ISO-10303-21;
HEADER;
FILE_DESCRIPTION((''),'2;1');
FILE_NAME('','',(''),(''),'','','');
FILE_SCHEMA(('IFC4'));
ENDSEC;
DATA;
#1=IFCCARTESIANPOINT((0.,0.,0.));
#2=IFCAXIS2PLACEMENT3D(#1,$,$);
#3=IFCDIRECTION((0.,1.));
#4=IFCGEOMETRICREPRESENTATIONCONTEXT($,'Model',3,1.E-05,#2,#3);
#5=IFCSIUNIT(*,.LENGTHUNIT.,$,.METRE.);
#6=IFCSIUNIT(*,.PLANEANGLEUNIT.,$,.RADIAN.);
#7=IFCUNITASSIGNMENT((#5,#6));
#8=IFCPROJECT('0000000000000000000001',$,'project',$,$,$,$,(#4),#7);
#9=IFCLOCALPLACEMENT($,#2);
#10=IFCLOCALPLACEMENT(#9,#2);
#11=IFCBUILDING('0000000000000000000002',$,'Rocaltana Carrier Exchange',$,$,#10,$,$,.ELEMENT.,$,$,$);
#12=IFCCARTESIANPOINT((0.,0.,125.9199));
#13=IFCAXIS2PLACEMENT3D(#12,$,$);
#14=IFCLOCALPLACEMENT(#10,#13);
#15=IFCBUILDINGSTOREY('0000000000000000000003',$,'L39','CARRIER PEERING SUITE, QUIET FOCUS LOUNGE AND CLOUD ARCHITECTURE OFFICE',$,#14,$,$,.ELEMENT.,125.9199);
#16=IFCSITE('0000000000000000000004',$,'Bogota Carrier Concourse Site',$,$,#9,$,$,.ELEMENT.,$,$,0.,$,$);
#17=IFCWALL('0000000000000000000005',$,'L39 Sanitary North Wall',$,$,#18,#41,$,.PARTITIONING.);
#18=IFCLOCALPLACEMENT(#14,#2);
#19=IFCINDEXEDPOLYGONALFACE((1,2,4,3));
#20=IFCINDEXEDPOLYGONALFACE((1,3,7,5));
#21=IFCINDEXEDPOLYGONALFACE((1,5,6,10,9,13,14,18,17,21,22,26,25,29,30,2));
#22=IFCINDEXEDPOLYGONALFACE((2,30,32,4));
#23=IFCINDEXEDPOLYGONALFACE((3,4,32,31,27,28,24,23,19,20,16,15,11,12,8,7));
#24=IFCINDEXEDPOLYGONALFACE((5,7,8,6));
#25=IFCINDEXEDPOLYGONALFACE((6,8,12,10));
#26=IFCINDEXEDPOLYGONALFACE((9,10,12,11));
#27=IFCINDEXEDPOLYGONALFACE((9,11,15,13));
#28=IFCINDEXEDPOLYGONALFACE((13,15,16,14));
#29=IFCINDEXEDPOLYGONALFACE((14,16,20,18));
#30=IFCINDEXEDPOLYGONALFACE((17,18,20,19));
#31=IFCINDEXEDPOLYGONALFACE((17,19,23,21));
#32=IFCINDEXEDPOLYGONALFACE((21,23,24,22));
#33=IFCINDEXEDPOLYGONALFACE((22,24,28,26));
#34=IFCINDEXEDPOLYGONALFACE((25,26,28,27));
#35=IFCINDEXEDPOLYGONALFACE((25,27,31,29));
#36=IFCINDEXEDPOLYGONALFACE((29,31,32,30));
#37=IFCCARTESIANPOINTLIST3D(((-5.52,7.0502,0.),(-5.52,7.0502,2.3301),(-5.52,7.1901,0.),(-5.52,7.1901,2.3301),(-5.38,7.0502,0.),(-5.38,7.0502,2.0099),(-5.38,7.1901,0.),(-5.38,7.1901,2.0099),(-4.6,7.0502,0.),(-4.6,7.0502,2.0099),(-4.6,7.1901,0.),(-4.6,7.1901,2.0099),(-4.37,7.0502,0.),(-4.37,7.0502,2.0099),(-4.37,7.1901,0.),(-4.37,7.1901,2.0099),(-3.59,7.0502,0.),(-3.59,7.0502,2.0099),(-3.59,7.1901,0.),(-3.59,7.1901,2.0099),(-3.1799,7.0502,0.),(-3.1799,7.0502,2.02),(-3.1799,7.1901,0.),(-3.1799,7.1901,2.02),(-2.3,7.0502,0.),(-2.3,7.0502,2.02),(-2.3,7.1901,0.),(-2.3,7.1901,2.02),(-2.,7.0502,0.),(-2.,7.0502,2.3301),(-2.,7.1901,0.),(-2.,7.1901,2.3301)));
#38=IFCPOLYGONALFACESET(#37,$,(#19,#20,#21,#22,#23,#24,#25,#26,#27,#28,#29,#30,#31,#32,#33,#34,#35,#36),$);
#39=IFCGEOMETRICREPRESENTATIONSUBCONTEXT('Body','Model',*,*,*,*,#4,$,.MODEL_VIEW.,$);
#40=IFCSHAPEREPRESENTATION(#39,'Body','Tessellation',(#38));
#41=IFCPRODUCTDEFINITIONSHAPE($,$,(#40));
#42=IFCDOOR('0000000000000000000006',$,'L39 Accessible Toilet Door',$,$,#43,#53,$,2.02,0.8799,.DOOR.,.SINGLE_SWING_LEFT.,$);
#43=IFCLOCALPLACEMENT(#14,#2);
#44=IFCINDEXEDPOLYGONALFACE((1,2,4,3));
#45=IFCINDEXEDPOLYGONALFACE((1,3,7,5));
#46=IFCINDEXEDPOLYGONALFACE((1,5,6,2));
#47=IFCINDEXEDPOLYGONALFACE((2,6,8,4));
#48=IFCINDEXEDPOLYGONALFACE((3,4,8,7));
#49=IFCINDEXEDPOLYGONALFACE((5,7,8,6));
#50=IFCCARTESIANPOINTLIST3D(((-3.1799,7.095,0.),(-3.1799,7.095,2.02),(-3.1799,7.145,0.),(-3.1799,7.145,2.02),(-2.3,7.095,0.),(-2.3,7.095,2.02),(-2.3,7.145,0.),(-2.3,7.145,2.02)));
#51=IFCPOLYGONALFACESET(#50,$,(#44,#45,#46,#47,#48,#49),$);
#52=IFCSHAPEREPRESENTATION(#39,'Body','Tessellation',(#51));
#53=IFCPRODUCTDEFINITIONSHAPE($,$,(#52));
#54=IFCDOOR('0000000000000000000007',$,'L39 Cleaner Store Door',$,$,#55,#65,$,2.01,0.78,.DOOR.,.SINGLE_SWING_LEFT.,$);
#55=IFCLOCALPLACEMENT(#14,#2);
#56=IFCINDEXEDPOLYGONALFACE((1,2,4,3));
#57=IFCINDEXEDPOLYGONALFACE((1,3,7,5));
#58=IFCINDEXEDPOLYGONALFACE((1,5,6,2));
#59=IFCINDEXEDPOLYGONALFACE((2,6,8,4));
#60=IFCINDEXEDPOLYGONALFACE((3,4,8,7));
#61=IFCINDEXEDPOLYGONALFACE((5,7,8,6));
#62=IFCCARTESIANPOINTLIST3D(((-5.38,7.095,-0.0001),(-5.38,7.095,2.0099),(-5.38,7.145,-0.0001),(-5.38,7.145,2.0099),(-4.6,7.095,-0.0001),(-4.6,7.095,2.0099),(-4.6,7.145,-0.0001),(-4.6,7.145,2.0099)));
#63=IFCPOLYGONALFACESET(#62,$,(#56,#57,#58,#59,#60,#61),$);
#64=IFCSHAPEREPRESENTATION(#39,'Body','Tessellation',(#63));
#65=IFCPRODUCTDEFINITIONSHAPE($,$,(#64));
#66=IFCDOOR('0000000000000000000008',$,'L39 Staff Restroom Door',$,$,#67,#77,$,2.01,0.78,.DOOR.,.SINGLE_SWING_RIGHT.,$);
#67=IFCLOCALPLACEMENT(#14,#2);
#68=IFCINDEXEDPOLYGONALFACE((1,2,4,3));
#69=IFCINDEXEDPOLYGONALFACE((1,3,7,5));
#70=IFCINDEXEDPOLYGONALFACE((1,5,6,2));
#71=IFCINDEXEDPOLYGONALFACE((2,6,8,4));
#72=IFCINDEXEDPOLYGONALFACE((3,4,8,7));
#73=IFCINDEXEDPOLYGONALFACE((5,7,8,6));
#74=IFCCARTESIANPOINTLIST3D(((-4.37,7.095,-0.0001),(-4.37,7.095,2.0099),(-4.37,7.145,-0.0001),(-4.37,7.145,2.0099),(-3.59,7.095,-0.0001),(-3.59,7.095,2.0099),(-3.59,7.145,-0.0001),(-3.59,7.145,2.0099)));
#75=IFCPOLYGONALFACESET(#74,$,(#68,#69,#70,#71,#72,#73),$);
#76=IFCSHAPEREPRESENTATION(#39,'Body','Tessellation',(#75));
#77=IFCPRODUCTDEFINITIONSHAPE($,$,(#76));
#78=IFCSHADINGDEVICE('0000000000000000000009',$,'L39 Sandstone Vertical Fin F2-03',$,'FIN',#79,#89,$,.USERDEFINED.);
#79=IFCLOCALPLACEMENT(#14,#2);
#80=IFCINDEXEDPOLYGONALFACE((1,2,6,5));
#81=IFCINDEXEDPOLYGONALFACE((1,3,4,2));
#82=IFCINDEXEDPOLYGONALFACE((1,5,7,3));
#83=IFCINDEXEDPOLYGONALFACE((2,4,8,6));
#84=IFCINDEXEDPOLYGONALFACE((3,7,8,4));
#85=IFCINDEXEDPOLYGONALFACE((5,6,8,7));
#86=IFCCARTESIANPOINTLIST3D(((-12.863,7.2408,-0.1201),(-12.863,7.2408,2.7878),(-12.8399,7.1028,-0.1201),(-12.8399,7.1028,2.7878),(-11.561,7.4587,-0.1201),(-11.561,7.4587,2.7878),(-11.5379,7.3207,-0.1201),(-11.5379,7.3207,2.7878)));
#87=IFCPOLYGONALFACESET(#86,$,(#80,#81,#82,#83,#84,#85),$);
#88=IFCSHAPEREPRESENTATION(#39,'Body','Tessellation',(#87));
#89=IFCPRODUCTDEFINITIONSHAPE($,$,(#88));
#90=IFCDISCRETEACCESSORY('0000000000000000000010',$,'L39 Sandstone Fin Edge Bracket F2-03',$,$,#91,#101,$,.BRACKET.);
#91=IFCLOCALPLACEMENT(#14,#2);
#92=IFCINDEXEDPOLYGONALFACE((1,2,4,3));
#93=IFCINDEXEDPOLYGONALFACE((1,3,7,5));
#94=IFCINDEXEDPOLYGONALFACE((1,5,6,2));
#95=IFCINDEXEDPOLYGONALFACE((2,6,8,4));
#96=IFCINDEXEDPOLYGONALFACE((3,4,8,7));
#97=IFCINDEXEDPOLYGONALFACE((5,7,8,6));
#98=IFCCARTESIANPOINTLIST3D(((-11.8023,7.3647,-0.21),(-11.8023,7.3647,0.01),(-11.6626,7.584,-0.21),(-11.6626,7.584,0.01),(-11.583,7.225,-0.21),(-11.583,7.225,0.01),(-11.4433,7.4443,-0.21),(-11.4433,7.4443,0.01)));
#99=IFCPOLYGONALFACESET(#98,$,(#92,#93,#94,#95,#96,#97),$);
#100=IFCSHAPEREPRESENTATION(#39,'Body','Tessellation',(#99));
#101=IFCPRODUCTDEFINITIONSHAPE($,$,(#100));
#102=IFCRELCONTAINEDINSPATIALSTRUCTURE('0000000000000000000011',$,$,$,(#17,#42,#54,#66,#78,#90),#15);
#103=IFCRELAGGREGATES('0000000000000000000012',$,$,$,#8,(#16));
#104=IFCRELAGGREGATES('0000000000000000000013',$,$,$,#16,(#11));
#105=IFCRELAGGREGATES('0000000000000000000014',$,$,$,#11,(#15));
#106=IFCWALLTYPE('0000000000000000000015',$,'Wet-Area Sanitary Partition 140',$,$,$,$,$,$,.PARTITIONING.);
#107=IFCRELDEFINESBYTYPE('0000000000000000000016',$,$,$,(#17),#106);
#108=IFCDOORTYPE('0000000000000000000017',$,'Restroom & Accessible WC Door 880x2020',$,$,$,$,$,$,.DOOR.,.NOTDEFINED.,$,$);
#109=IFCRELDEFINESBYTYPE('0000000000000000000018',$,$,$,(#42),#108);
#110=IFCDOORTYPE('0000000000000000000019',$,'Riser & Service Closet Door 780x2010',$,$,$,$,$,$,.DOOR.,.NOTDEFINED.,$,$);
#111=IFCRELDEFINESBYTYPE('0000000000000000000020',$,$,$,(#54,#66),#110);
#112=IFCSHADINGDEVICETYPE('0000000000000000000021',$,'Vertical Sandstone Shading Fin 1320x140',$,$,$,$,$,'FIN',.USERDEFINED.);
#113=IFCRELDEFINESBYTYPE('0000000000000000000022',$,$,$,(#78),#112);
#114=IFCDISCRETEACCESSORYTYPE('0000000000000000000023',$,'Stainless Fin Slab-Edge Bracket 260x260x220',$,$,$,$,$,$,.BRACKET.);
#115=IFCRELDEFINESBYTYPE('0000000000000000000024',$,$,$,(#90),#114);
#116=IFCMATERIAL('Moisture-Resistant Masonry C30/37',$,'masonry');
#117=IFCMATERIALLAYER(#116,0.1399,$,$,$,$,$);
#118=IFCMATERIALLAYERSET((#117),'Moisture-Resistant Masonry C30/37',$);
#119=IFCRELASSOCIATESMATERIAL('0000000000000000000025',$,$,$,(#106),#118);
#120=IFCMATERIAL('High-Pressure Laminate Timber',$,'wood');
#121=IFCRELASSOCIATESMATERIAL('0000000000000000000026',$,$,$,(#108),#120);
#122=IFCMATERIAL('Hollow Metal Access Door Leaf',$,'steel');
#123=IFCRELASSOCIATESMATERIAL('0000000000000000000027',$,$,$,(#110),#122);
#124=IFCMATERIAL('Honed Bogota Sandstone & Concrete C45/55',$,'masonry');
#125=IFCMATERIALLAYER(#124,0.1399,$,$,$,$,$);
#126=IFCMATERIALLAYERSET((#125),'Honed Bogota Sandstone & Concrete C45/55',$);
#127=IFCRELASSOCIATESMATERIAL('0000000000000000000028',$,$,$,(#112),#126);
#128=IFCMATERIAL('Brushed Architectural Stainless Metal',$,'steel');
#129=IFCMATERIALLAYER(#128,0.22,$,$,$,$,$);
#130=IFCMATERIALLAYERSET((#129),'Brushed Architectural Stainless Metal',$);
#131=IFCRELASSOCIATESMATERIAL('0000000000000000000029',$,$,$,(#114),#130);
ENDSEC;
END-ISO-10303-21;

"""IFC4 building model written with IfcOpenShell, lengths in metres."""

from ifc_helpers import new_model, si_unit, direction, frame, frame_2d, origin, origin_2d, place, context, subcontext, project, spatial, rectangle, extrude, material, layer, layer_set, type_object, element, fill, save


model = new_model("IFC4")

# Units and contexts
model_context = context("Model", 3, precision=1e-05, world=origin(), true_north=direction((0.0, 1.0)))
body_context = subcontext(model_context, "Body", "Model", "MODEL_VIEW")
ifc_project = project(units=[si_unit("LENGTHUNIT", "METRE"), si_unit("PLANEANGLEUNIT", "RADIAN")], contexts=[model_context])

# Site, building, storey
site_placement = place(None, origin())
site = spatial("IfcSite", under=ifc_project, at=site_placement, Name="Bogota Carrier Concourse Site", CompositionType="ELEMENT", RefElevation=0.0)
building_placement = place(site_placement, origin())
building = spatial("IfcBuilding", under=site, at=building_placement, Name="Rocaltana Carrier Exchange", CompositionType="ELEMENT")
storey_placement = place(building_placement, frame((0.0, 0.0, 125.9199)))
storey = spatial("IfcBuildingStorey", under=building, at=storey_placement, Name="L39", Description="CARRIER PEERING SUITE, QUIET FOCUS LOUNGE AND CLOUD ARCHITECTURE OFFICE", CompositionType="ELEMENT", Elevation=125.9199)

# Shared definitions
ifc_material_1 = material(Name="Moisture-Resistant Masonry C30/37", Category="masonry")
ifc_layer_1 = layer(ifc_material_1, 0.1399)
ifc_layer_set_1 = layer_set([ifc_layer_1], Name="Moisture-Resistant Masonry C30/37")
wall_type_1 = type_object("IfcWallType", Name="Wet-Area Sanitary Partition 140", PredefinedType="PARTITIONING", material=ifc_layer_set_1)

# Wall, openings, doors
wall_1_placement = place(storey_placement, frame((-5.52, 7.1201, 0.0), z_axis=(0.0, 0.0, 1.0), x_axis=(1.0, 0.0, 0.0)))
wall_1 = element("IfcWall", 1, at=wall_1_placement, inside=storey, type_object=wall_type_1, Name="L39 Sanitary North Wall", PredefinedType="PARTITIONING", context=body_context, shape_type="SweptSolid", body=[
    extrude(rectangle(XDim=3.52, YDim=0.1399, at=frame_2d((1.76, 0.0))), origin(), (0.0, 0.0, 1.0), 2.3301),
])
opening_1_placement = place(wall_1_placement, frame((0.1399, 0.0, 0.0)))
opening_1 = element("IfcOpeningElement", 2, at=opening_1_placement, cuts=wall_1, PredefinedType="OPENING", context=body_context, shape_type="SweptSolid", body=[
    extrude(rectangle(XDim=0.78, YDim=2.01, at=frame_2d((0.3901, 1.0049))), frame((0.0, 0.0798, 0.0), z_axis=(0.0, -1.0, 0.0), x_axis=(1.0, 0.0, 0.0)), (0.0, 0.0, 1.0), 0.1599),
])
opening_2_placement = place(wall_1_placement, frame((1.1499, 0.0, 0.0)))
opening_2 = element("IfcOpeningElement", 3, at=opening_2_placement, cuts=wall_1, PredefinedType="OPENING", context=body_context, shape_type="SweptSolid", body=[
    extrude(rectangle(XDim=0.78, YDim=2.01, at=frame_2d((0.3901, 1.0049))), frame((0.0, 0.0798, 0.0), z_axis=(0.0, -1.0, 0.0), x_axis=(1.0, 0.0, 0.0)), (0.0, 0.0, 1.0), 0.1599),
])
opening_3_placement = place(wall_1_placement, frame((2.3401, 0.0, 0.0)))
opening_3 = element("IfcOpeningElement", 4, at=opening_3_placement, cuts=wall_1, PredefinedType="OPENING", context=body_context, shape_type="SweptSolid", body=[
    extrude(rectangle(XDim=0.8799, YDim=2.02, at=frame_2d((0.4399, 1.01))), frame((0.0, 0.0798, 0.0), z_axis=(0.0, -1.0, 0.0), x_axis=(1.0, 0.0, 0.0)), (0.0, 0.0, 1.0), 0.1599),
])
ifc_material_2 = material(Name="High-Pressure Laminate Timber", Category="wood")
door_type_1 = type_object("IfcDoorType", Name="Restroom & Accessible WC Door 880x2020", OperationType="NOTDEFINED", PredefinedType="DOOR", material=ifc_material_2)
door_1_placement = place(opening_3_placement, origin())
door_1 = element("IfcDoor", 5, at=door_1_placement, inside=storey, type_object=door_type_1, Name="L39 Accessible Toilet Door", OperationType="SINGLE_SWING_LEFT", OverallHeight=2.02, OverallWidth=0.8799, PredefinedType="DOOR", context=body_context, shape_type="SweptSolid", body=[
    extrude(rectangle(XDim=0.8799, YDim=2.02, at=frame_2d((0.4399, 1.01))), frame((0.0, 0.0249, 0.0), z_axis=(0.0, -1.0, 0.0), x_axis=(1.0, 0.0, 0.0)), (0.0, 0.0, 1.0), 0.05),
])
fill(opening_3, door_1)
ifc_material_3 = material(Name="Hollow Metal Access Door Leaf", Category="steel")
door_type_2 = type_object("IfcDoorType", Name="Riser & Service Closet Door 780x2010", OperationType="NOTDEFINED", PredefinedType="DOOR", material=ifc_material_3)
door_2_placement = place(opening_1_placement, origin())
door_2 = element("IfcDoor", 6, at=door_2_placement, inside=storey, type_object=door_type_2, Name="L39 Cleaner Store Door", OperationType="SINGLE_SWING_LEFT", OverallHeight=2.01, OverallWidth=0.78, PredefinedType="DOOR", context=body_context, shape_type="SweptSolid", body=[
    extrude(rectangle(XDim=0.78, YDim=2.01, at=frame_2d((0.3901, 1.0049))), frame((0.0, 0.0249, 0.0), z_axis=(0.0, -1.0, 0.0), x_axis=(1.0, 0.0, 0.0)), (0.0, 0.0, 1.0), 0.05),
])
fill(opening_1, door_2)
door_3_placement = place(opening_2_placement, origin())
door_3 = element("IfcDoor", 7, at=door_3_placement, inside=storey, type_object=door_type_2, Name="L39 Staff Restroom Door", OperationType="SINGLE_SWING_RIGHT", OverallHeight=2.01, OverallWidth=0.78, PredefinedType="DOOR", context=body_context, shape_type="SweptSolid", body=[
    extrude(rectangle(XDim=0.78, YDim=2.01, at=frame_2d((0.3901, 1.0049))), frame((0.0, 0.0249, 0.0), z_axis=(0.0, -1.0, 0.0), x_axis=(1.0, 0.0, 0.0)), (0.0, 0.0, 1.0), 0.05),
])
fill(opening_2, door_3)

# Shading device
ifc_material_4 = material(Name="Honed Bogota Sandstone & Concrete C45/55", Category="masonry")
ifc_layer_2 = layer(ifc_material_4, 0.1399)
ifc_layer_set_2 = layer_set([ifc_layer_2], Name="Honed Bogota Sandstone & Concrete C45/55")
shading_device_type = type_object("IfcShadingDeviceType", Name="Vertical Sandstone Shading Fin 1320x140", ElementType="FIN", PredefinedType="USERDEFINED", material=ifc_layer_set_2)
shading_device_placement = place(storey_placement, frame((-12.2004, 7.2808, -0.1201), z_axis=(0.0, 0.0, 1.0), x_axis=(-0.986286, -0.165048, 0.0)))
element("IfcShadingDevice", 8, at=shading_device_placement, inside=storey, type_object=shading_device_type, Name="L39 Sandstone Vertical Fin F2-03", ObjectType="FIN", PredefinedType="USERDEFINED", context=body_context, shape_type="SweptSolid", body=[
    extrude(rectangle(XDim=1.3201, YDim=0.1399, at=origin_2d()), origin(), (0.0, 0.0, 1.0), 2.908),
])

# Discrete accessory
ifc_material_5 = material(Name="Brushed Architectural Stainless Metal", Category="steel")
ifc_layer_3 = layer(ifc_material_5, 0.22)
ifc_layer_set_3 = layer_set([ifc_layer_3], Name="Brushed Architectural Stainless Metal")
discrete_accessory_type = type_object("IfcDiscreteAccessoryType", Name="Stainless Fin Slab-Edge Bracket 260x260x220", PredefinedType="BRACKET", material=ifc_layer_set_3)
discrete_accessory_placement = place(storey_placement, frame((-11.6228, 7.4045, -0.21), z_axis=(0.0, 0.0, 1.0), x_axis=(-0.5373, -0.843391, 0.0)))
element("IfcDiscreteAccessory", 9, at=discrete_accessory_placement, inside=storey, type_object=discrete_accessory_type, Name="L39 Sandstone Fin Edge Bracket F2-03", PredefinedType="BRACKET", context=body_context, shape_type="SweptSolid", body=[
    extrude(rectangle(XDim=0.26, YDim=0.26, at=origin_2d()), origin(), (0.0, 0.0, 1.0), 0.22),
])

save(model, "model.ifc")
